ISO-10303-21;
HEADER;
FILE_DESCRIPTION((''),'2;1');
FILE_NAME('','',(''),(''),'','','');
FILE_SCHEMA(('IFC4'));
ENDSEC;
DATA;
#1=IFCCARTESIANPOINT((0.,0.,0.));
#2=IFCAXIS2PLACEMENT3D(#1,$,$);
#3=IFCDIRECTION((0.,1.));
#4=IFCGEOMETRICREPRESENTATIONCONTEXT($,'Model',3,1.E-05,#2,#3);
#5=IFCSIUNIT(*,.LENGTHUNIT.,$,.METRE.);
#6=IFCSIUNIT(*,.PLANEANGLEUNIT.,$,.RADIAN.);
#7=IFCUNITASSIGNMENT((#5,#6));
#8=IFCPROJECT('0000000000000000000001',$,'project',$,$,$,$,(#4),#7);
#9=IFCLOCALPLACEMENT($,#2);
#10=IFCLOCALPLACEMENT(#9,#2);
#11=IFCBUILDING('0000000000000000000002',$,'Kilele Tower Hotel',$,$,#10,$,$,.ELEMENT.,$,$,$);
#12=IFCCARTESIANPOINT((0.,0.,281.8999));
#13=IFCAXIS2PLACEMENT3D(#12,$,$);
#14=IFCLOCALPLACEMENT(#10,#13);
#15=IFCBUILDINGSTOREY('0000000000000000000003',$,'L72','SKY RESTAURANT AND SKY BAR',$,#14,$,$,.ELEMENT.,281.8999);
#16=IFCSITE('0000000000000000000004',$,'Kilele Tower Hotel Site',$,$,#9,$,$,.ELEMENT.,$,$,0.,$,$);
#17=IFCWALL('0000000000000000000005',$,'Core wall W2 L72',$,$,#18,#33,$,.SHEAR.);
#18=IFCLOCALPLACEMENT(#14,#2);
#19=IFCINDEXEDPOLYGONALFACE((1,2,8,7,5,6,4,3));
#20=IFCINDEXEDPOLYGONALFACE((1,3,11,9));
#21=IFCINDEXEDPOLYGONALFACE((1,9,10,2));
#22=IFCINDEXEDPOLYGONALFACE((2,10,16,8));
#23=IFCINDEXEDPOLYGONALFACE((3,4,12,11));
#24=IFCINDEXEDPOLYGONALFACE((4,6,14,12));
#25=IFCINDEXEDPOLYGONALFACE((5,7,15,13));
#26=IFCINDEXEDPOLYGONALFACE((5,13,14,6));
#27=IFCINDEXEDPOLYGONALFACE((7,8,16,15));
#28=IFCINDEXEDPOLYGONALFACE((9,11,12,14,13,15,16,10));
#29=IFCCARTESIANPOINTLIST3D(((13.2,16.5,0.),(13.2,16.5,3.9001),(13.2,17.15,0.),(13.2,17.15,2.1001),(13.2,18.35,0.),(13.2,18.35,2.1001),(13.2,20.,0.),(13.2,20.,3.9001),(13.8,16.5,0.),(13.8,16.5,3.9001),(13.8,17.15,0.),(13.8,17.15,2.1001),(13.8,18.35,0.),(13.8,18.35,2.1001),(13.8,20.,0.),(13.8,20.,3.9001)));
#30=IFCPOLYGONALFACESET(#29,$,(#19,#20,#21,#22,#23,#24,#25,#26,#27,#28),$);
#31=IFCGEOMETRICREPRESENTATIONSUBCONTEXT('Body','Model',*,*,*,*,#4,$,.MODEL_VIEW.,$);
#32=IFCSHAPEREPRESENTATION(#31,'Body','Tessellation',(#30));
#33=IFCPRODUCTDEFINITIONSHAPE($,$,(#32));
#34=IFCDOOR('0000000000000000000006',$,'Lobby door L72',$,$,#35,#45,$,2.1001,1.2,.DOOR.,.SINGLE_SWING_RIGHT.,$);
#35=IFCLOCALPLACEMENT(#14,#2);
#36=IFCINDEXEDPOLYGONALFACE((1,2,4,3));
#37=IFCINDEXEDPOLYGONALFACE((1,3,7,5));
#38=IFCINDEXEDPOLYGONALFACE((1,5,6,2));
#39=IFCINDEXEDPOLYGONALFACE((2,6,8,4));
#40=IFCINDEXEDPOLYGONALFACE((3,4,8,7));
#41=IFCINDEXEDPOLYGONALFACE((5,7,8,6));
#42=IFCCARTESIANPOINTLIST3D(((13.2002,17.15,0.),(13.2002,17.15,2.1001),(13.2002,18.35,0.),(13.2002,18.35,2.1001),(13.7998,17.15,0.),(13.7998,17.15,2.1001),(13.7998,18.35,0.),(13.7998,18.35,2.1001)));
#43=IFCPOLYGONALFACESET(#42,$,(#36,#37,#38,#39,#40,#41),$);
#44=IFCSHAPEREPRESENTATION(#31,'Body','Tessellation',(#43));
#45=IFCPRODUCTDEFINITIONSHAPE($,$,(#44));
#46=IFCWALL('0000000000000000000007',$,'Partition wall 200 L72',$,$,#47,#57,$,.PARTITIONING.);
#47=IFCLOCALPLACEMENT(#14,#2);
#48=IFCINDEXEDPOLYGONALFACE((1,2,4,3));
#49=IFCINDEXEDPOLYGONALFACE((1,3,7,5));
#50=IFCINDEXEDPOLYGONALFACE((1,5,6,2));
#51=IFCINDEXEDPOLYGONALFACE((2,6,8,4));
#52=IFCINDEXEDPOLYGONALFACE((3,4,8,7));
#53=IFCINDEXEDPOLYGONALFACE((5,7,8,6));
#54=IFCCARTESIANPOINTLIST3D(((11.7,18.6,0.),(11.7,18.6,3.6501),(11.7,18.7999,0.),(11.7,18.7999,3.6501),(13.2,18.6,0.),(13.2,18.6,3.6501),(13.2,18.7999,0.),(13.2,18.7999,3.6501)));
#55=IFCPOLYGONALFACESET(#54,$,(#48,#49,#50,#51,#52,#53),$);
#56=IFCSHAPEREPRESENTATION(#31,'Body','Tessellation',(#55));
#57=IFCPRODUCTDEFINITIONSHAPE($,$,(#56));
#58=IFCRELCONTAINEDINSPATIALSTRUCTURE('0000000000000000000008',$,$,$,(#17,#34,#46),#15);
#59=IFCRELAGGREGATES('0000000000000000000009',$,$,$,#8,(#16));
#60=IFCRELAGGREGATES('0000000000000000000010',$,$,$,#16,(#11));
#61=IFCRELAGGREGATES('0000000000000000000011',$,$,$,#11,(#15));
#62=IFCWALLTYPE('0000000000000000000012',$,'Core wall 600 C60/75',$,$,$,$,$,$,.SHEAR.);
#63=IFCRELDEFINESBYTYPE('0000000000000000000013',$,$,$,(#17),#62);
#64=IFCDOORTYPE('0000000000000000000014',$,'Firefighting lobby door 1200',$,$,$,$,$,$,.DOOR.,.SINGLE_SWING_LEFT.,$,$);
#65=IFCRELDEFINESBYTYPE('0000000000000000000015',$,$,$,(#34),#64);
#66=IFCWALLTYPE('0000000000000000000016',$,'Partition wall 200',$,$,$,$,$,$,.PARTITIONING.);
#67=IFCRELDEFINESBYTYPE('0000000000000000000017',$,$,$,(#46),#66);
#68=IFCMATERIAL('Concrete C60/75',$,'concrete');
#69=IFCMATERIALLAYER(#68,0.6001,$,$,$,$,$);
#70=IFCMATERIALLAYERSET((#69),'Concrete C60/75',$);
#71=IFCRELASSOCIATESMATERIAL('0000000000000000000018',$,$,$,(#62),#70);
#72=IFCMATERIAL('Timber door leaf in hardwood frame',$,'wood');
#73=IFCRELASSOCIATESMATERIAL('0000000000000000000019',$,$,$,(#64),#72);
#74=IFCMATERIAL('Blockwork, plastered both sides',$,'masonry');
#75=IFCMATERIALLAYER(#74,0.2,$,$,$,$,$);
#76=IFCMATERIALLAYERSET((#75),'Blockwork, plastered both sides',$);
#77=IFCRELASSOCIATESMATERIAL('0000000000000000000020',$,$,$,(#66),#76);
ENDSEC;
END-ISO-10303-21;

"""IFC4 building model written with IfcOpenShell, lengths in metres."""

from ifc_helpers import new_model, si_unit, direction, frame, frame_2d, origin, place, context, subcontext, project, spatial, rectangle, extrude, material, layer, layer_set, type_object, element, fill, save


model = new_model("IFC4")

# Units and contexts
model_context = context("Model", 3, precision=1e-05, world=origin(), true_north=direction((0.0, 1.0)))
body_context = subcontext(model_context, "Body", "Model", "MODEL_VIEW")
ifc_project = project(units=[si_unit("LENGTHUNIT", "METRE"), si_unit("PLANEANGLEUNIT", "RADIAN")], contexts=[model_context])

# Site, building, storey
site_placement = place(None, origin())
site = spatial("IfcSite", under=ifc_project, at=site_placement, Name="Kilele Tower Hotel Site", CompositionType="ELEMENT", RefElevation=0.0)
building_placement = place(site_placement, origin())
building = spatial("IfcBuilding", under=site, at=building_placement, Name="Kilele Tower Hotel", CompositionType="ELEMENT")
storey_placement = place(building_placement, frame((0.0, 0.0, 281.8999)))
storey = spatial("IfcBuildingStorey", under=building, at=storey_placement, Name="L72", Description="SKY RESTAURANT AND SKY BAR", CompositionType="ELEMENT", Elevation=281.8999)

# Shared definitions
ifc_material_1 = material(Name="Concrete C60/75", Category="concrete")
ifc_layer_1 = layer(ifc_material_1, 0.6001)
ifc_layer_set_1 = layer_set([ifc_layer_1], Name="Concrete C60/75")
wall_type_1 = type_object("IfcWallType", Name="Core wall 600 C60/75", PredefinedType="SHEAR", material=ifc_layer_set_1)

# Wall, opening, door
wall_1_placement = place(storey_placement, frame((13.5, 20.0, 0.0), z_axis=(0.0, 0.0, 1.0), x_axis=(0.0, -1.0, 0.0)))
wall_1 = element("IfcWall", 1, at=wall_1_placement, inside=storey, type_object=wall_type_1, Name="Core wall W2 L72", PredefinedType="SHEAR", context=body_context, shape_type="SweptSolid", body=[
    extrude(rectangle(XDim=3.5, YDim=0.6001, at=frame_2d((1.75, 0.0))), origin(), (0.0, 0.0, 1.0), 3.9001),
])
opening_1_placement = place(wall_1_placement, frame((1.6499, 0.0, 0.0)))
opening_1 = element("IfcOpeningElement", 2, at=opening_1_placement, cuts=wall_1, PredefinedType="OPENING", context=body_context, shape_type="SweptSolid", body=[
    extrude(rectangle(XDim=1.2, YDim=2.1001, at=frame_2d((0.6001, 1.05))), frame((0.0, 0.3101, 0.0), z_axis=(0.0, -1.0, 0.0), x_axis=(1.0, 0.0, 0.0)), (0.0, 0.0, 1.0), 0.6201),
])
ifc_material_2 = material(Name="Timber door leaf in hardwood frame", Category="wood")
door_type_1 = type_object("IfcDoorType", Name="Firefighting lobby door 1200", OperationType="SINGLE_SWING_LEFT", PredefinedType="DOOR", material=ifc_material_2)
door_1_placement = place(opening_1_placement, origin())
door_1 = element("IfcDoor", 3, at=door_1_placement, inside=storey, type_object=door_type_1, Name="Lobby door L72", OperationType="SINGLE_SWING_RIGHT", OverallHeight=2.1001, OverallWidth=1.2, PredefinedType="DOOR", context=body_context, shape_type="SweptSolid", body=[
    extrude(rectangle(XDim=1.2, YDim=2.1001, at=frame_2d((0.6001, 1.05))), frame((0.0, 0.2998, 0.0), z_axis=(0.0, -1.0, 0.0), x_axis=(1.0, 0.0, 0.0)), (0.0, 0.0, 1.0), 0.5996),
])
fill(opening_1, door_1)

# Wall
ifc_material_3 = material(Name="Blockwork, plastered both sides", Category="masonry")
ifc_layer_2 = layer(ifc_material_3, 0.2)
ifc_layer_set_2 = layer_set([ifc_layer_2], Name="Blockwork, plastered both sides")
wall_type_2 = type_object("IfcWallType", Name="Partition wall 200", PredefinedType="PARTITIONING", material=ifc_layer_set_2)
wall_2_placement = place(storey_placement, frame((13.2, 18.7, 0.0), z_axis=(0.0, 0.0, 1.0), x_axis=(-1.0, 0.0, 0.0)))
element("IfcWall", 4, at=wall_2_placement, inside=storey, type_object=wall_type_2, Name="Partition wall 200 L72", PredefinedType="PARTITIONING", context=body_context, shape_type="SweptSolid", body=[
    extrude(rectangle(XDim=1.5, YDim=0.2, at=frame_2d((0.75, 0.0))), origin(), (0.0, 0.0, 1.0), 3.6501),
])

save(model, "model.ifc")
